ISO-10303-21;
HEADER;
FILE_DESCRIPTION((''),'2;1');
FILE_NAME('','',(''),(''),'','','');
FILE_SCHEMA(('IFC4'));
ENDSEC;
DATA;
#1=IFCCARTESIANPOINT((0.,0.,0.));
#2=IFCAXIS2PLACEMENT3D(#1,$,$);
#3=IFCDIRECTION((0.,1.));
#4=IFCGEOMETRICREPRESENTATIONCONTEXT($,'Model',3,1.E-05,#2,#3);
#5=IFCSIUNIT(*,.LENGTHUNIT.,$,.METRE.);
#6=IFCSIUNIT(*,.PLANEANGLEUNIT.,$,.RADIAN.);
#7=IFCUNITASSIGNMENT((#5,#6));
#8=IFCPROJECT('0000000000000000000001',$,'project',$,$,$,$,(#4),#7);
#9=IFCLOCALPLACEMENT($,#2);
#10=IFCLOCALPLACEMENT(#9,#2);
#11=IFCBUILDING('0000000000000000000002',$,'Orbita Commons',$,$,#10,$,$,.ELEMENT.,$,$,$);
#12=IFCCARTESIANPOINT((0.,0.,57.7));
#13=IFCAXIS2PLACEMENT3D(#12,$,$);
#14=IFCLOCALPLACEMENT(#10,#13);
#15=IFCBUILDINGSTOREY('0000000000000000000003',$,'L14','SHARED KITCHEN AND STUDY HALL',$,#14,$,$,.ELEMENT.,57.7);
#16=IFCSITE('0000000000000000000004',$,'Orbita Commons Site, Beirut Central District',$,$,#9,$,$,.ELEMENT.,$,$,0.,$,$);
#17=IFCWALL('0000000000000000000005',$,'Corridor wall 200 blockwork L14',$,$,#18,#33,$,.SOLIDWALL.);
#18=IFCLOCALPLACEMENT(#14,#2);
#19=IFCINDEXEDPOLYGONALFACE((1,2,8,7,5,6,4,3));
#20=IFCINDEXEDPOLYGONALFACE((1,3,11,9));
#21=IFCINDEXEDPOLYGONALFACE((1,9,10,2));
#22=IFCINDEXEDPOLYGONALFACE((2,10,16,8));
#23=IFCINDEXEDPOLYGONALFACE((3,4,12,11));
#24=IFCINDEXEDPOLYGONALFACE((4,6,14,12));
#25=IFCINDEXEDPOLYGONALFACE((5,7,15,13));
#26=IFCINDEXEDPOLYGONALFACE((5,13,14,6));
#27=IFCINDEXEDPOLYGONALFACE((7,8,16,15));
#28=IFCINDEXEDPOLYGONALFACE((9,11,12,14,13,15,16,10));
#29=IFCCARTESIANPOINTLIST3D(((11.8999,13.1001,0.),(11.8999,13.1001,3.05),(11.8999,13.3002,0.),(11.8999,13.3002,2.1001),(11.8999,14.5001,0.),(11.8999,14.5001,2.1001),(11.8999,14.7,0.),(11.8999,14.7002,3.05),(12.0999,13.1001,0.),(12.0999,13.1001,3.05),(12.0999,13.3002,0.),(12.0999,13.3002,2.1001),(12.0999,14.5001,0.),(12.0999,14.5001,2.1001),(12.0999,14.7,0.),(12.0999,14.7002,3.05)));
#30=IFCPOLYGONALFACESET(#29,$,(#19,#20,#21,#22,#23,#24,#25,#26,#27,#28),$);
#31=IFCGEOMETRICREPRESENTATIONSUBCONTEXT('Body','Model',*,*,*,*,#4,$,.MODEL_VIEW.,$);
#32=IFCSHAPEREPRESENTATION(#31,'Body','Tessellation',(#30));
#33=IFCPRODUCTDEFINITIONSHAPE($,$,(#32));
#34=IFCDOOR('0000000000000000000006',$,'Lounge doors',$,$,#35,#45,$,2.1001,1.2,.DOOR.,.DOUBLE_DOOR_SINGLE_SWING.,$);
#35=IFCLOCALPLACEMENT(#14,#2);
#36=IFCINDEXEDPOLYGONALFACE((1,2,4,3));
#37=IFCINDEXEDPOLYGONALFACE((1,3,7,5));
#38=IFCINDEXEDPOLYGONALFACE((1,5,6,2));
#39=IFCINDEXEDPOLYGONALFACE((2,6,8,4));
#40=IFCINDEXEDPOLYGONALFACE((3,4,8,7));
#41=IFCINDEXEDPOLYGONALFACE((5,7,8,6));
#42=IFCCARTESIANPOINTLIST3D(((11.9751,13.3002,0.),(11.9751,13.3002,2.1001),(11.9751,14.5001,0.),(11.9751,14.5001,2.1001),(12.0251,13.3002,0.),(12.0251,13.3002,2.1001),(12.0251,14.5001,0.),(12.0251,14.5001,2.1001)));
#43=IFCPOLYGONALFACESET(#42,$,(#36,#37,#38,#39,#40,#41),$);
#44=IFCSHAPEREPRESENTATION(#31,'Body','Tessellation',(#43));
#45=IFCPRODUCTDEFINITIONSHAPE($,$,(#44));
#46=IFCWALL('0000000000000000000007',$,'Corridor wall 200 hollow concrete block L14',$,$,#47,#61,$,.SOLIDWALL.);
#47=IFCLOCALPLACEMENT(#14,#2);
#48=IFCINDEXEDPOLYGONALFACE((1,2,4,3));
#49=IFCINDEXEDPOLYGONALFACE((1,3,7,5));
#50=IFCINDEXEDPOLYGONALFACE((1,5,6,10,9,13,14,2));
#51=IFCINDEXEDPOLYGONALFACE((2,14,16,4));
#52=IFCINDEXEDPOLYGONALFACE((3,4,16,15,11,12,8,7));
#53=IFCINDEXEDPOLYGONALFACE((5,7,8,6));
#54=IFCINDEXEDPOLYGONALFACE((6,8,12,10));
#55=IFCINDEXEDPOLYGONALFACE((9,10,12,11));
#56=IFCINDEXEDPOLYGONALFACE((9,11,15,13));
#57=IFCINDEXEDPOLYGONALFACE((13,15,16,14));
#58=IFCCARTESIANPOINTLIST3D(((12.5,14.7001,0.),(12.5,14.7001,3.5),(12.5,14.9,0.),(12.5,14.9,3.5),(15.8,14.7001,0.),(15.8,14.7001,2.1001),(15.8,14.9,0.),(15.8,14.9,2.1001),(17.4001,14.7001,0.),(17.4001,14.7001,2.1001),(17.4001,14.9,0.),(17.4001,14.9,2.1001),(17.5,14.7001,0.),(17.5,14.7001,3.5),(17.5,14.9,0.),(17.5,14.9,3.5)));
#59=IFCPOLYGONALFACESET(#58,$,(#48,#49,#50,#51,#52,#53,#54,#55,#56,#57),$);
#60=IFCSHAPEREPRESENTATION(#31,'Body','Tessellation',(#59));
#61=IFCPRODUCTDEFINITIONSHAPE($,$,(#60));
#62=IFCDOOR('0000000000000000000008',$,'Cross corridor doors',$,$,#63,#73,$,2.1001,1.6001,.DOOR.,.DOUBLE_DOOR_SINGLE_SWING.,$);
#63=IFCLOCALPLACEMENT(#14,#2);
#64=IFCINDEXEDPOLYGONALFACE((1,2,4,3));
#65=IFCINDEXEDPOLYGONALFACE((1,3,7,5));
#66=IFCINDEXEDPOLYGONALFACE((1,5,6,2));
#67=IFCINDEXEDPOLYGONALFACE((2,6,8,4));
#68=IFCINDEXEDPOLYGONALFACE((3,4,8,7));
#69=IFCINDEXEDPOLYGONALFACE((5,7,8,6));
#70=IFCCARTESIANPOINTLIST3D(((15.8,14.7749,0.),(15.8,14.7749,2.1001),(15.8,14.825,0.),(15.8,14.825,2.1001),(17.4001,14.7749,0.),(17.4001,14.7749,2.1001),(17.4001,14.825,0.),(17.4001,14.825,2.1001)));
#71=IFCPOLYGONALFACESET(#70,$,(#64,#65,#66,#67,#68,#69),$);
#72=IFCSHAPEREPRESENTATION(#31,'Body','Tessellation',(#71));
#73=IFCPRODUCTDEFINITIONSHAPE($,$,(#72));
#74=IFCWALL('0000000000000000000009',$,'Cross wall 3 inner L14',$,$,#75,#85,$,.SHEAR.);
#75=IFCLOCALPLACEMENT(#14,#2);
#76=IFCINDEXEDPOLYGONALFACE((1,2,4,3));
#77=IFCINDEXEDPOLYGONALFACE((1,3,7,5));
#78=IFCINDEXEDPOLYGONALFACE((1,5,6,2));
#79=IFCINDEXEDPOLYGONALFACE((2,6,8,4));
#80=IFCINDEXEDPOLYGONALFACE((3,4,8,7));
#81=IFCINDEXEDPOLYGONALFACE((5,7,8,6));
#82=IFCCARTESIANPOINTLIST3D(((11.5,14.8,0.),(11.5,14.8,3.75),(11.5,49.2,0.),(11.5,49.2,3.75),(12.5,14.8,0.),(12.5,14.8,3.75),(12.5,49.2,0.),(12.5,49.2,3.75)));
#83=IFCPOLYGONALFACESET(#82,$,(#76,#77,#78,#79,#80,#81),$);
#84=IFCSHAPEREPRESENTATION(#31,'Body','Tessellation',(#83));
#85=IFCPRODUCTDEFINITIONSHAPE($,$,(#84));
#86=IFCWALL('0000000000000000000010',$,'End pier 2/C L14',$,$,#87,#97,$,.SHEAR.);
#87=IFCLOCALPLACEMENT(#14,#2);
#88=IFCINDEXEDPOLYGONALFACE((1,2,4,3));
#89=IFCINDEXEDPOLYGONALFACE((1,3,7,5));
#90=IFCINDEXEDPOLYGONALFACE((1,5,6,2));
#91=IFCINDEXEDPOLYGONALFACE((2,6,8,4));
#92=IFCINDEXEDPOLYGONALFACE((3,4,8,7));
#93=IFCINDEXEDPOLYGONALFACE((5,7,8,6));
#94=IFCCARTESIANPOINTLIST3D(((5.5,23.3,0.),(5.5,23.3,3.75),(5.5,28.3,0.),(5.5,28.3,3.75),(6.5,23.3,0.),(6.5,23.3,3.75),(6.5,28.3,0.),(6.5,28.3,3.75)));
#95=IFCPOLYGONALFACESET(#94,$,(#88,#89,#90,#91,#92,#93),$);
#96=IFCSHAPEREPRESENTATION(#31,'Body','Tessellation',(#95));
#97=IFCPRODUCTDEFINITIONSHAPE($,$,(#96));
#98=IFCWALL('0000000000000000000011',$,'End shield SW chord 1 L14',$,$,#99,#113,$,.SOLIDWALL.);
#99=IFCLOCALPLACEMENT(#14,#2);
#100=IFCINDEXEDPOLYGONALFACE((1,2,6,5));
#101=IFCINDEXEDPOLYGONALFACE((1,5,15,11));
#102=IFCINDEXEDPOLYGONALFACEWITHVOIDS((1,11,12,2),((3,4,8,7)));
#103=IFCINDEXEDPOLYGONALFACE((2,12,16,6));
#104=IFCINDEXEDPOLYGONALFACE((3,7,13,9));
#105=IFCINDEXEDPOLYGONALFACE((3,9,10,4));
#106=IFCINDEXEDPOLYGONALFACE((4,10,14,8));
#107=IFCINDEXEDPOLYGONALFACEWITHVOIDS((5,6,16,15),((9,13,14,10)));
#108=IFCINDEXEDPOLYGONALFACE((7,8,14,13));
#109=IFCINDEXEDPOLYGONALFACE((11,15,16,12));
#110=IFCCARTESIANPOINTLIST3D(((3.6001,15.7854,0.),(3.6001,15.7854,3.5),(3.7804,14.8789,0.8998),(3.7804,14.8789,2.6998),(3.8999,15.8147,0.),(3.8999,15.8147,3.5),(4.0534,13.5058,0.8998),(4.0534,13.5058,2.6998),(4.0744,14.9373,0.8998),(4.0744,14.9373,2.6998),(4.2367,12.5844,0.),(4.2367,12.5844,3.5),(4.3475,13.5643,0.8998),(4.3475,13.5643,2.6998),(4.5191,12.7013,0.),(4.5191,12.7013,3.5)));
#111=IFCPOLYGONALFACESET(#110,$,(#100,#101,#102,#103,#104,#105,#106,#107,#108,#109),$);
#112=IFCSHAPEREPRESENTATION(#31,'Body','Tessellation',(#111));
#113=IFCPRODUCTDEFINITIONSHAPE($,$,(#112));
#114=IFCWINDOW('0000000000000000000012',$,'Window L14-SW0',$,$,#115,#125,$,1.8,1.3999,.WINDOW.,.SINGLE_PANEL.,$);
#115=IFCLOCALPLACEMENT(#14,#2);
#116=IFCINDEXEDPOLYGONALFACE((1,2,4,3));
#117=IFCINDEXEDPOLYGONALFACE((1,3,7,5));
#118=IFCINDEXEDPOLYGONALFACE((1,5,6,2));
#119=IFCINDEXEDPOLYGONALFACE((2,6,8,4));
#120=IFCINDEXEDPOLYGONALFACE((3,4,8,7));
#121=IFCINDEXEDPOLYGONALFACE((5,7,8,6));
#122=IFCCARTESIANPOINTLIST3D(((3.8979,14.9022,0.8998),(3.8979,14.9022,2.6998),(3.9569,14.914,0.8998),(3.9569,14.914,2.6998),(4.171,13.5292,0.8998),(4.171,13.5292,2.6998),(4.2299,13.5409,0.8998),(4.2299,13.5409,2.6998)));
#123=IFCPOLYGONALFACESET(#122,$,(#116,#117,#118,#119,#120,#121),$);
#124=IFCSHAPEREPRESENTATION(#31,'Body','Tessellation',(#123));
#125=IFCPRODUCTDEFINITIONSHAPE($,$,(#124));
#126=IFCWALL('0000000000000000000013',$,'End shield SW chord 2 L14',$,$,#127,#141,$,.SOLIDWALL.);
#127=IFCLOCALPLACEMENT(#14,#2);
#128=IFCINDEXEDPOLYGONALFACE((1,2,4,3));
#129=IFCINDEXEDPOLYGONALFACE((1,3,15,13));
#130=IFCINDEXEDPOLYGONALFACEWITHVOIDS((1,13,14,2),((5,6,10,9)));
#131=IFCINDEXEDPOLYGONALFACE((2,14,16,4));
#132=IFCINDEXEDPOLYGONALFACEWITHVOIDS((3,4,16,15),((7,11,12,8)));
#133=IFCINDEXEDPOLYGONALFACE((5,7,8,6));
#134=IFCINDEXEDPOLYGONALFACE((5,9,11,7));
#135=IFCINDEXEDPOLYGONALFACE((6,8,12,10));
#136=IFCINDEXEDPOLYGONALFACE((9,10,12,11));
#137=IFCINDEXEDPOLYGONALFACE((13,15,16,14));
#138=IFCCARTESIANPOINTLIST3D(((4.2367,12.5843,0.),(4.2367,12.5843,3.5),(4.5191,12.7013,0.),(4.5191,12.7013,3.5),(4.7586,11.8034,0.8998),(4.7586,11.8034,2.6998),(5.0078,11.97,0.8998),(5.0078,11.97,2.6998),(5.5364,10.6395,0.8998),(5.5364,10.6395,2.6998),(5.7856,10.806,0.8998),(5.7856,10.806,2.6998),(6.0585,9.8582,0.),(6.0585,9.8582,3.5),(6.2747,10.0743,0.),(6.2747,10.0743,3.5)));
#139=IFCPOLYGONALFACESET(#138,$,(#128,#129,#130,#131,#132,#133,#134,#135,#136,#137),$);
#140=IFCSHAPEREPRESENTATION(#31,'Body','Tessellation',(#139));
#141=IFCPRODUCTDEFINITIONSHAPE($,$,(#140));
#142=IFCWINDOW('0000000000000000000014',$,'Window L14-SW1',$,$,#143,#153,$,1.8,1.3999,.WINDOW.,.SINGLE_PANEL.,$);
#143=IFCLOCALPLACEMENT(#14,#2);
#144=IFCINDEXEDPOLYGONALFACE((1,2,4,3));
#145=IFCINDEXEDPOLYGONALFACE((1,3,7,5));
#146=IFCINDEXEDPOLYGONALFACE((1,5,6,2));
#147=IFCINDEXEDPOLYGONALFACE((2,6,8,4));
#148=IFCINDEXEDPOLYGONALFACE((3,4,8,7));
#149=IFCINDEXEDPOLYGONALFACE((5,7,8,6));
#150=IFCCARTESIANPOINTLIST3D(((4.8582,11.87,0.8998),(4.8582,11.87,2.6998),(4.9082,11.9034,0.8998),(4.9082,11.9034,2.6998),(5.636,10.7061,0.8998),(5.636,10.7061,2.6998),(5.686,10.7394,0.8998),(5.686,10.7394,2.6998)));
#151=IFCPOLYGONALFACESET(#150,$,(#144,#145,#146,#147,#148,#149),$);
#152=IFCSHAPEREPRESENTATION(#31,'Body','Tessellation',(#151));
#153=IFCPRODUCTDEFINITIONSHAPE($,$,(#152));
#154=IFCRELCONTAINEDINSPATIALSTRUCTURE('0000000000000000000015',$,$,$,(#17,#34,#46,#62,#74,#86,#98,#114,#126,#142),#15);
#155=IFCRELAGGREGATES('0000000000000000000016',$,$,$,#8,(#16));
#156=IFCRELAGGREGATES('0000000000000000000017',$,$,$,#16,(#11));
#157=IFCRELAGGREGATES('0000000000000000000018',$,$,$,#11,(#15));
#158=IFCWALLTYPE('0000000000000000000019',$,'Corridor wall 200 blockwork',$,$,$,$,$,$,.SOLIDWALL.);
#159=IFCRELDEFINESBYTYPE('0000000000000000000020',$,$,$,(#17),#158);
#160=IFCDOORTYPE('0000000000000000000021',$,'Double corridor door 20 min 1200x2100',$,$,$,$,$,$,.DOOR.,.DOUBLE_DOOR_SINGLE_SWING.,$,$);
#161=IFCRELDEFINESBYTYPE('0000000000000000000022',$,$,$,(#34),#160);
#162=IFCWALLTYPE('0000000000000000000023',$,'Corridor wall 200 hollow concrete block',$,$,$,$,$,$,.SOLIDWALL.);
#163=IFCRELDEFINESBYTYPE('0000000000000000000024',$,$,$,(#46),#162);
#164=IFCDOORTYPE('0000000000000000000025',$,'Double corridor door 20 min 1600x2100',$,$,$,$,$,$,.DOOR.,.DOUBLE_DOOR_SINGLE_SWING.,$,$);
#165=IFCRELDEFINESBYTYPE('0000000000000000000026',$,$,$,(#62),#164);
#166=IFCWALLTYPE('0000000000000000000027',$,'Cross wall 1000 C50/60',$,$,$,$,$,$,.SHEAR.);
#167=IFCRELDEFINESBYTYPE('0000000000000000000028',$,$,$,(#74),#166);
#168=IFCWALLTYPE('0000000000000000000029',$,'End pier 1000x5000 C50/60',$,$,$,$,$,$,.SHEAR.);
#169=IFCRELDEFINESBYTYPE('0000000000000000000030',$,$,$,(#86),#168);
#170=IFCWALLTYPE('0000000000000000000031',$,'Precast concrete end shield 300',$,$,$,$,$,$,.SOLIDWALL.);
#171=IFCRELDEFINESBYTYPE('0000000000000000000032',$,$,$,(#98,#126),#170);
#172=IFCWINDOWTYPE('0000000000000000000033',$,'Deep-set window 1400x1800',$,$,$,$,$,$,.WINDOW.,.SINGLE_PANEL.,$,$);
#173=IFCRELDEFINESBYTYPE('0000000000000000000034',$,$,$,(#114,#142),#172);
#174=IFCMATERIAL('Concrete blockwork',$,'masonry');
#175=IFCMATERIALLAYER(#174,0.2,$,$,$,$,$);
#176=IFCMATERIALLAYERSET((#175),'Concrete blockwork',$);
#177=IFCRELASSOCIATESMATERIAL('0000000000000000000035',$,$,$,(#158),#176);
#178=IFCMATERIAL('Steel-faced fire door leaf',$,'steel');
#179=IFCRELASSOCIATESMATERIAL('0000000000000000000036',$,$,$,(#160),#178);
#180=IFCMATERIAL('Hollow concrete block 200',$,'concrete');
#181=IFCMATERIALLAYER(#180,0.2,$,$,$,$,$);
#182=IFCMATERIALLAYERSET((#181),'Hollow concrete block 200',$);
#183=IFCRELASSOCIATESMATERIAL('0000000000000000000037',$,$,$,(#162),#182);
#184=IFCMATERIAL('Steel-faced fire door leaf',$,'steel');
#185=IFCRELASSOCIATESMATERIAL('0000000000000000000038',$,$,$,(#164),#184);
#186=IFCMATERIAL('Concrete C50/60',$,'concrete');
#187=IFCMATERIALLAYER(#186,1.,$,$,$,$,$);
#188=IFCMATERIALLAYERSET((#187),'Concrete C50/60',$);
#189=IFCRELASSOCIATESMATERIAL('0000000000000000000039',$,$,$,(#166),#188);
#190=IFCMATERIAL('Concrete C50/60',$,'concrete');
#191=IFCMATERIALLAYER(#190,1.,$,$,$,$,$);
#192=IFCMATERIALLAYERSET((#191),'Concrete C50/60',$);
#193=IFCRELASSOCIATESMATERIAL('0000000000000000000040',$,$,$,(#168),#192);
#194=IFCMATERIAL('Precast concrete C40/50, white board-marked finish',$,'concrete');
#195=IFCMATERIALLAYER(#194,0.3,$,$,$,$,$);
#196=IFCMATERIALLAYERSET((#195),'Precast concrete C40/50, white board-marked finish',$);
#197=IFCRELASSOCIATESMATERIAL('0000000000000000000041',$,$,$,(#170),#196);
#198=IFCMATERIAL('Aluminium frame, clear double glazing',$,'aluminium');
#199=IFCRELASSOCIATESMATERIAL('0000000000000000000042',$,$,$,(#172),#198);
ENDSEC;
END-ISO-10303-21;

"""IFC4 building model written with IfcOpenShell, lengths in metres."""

from ifc_helpers import new_model, si_unit, direction, frame, frame_2d, origin, place, context, subcontext, project, spatial, polyline, rectangle, outline, extrude, material, layer, layer_set, type_object, element, fill, save


model = new_model("IFC4")

# Units and contexts
model_context = context("Model", 3, precision=1e-05, world=origin(), true_north=direction((0.0, 1.0)))
body_context = subcontext(model_context, "Body", "Model", "MODEL_VIEW")
ifc_project = project(units=[si_unit("LENGTHUNIT", "METRE"), si_unit("PLANEANGLEUNIT", "RADIAN")], contexts=[model_context])

# Site, building, storey
site_placement = place(None, origin())
site = spatial("IfcSite", under=ifc_project, at=site_placement, Name="Orbita Commons Site, Beirut Central District", CompositionType="ELEMENT", RefElevation=0.0)
building_placement = place(site_placement, origin())
building = spatial("IfcBuilding", under=site, at=building_placement, Name="Orbita Commons", CompositionType="ELEMENT")
storey_placement = place(building_placement, frame((0.0, 0.0, 57.7)))
storey = spatial("IfcBuildingStorey", under=building, at=storey_placement, Name="L14", Description="SHARED KITCHEN AND STUDY HALL", CompositionType="ELEMENT", Elevation=57.7)

# Walls, openings, doors
ifc_material_1 = material(Name="Concrete blockwork", Category="masonry")
ifc_layer_1 = layer(ifc_material_1, 0.2)
ifc_layer_set_1 = layer_set([ifc_layer_1], Name="Concrete blockwork")
wall_type_1 = type_object("IfcWallType", Name="Corridor wall 200 blockwork", PredefinedType="SOLIDWALL", material=ifc_layer_set_1)
wall_1_placement = place(storey_placement, frame((12.0, 13.1001, 0.0), z_axis=(0.0, 0.0, 1.0), x_axis=(0.0, 1.0, 0.0)))
wall_1 = element("IfcWall", 1, at=wall_1_placement, inside=storey, type_object=wall_type_1, Name="Corridor wall 200 blockwork L14", PredefinedType="SOLIDWALL", context=body_context, shape_type="SweptSolid", body=[
    extrude(outline(polyline([(0.0, 0.0), (1.5999, 0.0), (1.6001, 3.05), (0.0, 3.05), (0.0, 0.0)])), frame((0.0, 0.1001, 0.0), z_axis=(0.0, -1.0, 0.0), x_axis=(1.0, 0.0, 0.0)), (0.0, 0.0, 1.0), 0.2),
])
opening_1_placement = place(wall_1_placement, frame((0.2, 0.0, 0.0)))
opening_1 = element("IfcOpeningElement", 2, at=opening_1_placement, cuts=wall_1, PredefinedType="OPENING", context=body_context, shape_type="SweptSolid", body=[
    extrude(rectangle(XDim=1.2, YDim=2.1001, at=frame_2d((0.6001, 1.05))), frame((0.0, 0.1099, 0.0), z_axis=(0.0, -1.0, 0.0), x_axis=(1.0, 0.0, 0.0)), (0.0, 0.0, 1.0), 0.22),
])
ifc_material_2 = material(Name="Steel-faced fire door leaf", Category="steel")
door_type_1 = type_object("IfcDoorType", Name="Double corridor door 20 min 1200x2100", OperationType="DOUBLE_DOOR_SINGLE_SWING", PredefinedType="DOOR", material=ifc_material_2)
door_1_placement = place(opening_1_placement, origin())
door_1 = element("IfcDoor", 3, at=door_1_placement, inside=storey, type_object=door_type_1, Name="Lounge doors", OperationType="DOUBLE_DOOR_SINGLE_SWING", OverallHeight=2.1001, OverallWidth=1.2, PredefinedType="DOOR", context=body_context, shape_type="SweptSolid", body=[
    extrude(rectangle(XDim=1.2, YDim=2.1001, at=frame_2d((0.6001, 1.05))), frame((0.0, 0.0249, 0.0), z_axis=(0.0, -1.0, 0.0), x_axis=(1.0, 0.0, 0.0)), (0.0, 0.0, 1.0), 0.05),
])
fill(opening_1, door_1)
ifc_material_3 = material(Name="Hollow concrete block 200", Category="concrete")
ifc_layer_2 = layer(ifc_material_3, 0.2)
ifc_layer_set_2 = layer_set([ifc_layer_2], Name="Hollow concrete block 200")
wall_type_2 = type_object("IfcWallType", Name="Corridor wall 200 hollow concrete block", PredefinedType="SOLIDWALL", material=ifc_layer_set_2)
wall_2_placement = place(storey_placement, frame((12.5, 14.8, 0.0), z_axis=(0.0, 0.0, 1.0), x_axis=(1.0, 0.0, 0.0)))
wall_2 = element("IfcWall", 4, at=wall_2_placement, inside=storey, type_object=wall_type_2, Name="Corridor wall 200 hollow concrete block L14", PredefinedType="SOLIDWALL", context=body_context, shape_type="SweptSolid", body=[
    extrude(rectangle(XDim=5.0, YDim=0.2, at=frame_2d((2.5, 0.0))), origin(), (0.0, 0.0, 1.0), 3.5),
])
opening_2_placement = place(wall_2_placement, frame((3.3, 0.0, 0.0)))
opening_2 = element("IfcOpeningElement", 5, at=opening_2_placement, cuts=wall_2, PredefinedType="OPENING", context=body_context, shape_type="SweptSolid", body=[
    extrude(rectangle(XDim=1.6001, YDim=2.1001, at=frame_2d((0.8, 1.05))), frame((0.0, 0.1099, 0.0), z_axis=(0.0, -1.0, 0.0), x_axis=(1.0, 0.0, 0.0)), (0.0, 0.0, 1.0), 0.22),
])
ifc_material_4 = material(Name="Steel-faced fire door leaf", Category="steel")
door_type_2 = type_object("IfcDoorType", Name="Double corridor door 20 min 1600x2100", OperationType="DOUBLE_DOOR_SINGLE_SWING", PredefinedType="DOOR", material=ifc_material_4)
door_2_placement = place(opening_2_placement, origin())
door_2 = element("IfcDoor", 6, at=door_2_placement, inside=storey, type_object=door_type_2, Name="Cross corridor doors", OperationType="DOUBLE_DOOR_SINGLE_SWING", OverallHeight=2.1001, OverallWidth=1.6001, PredefinedType="DOOR", context=body_context, shape_type="SweptSolid", body=[
    extrude(rectangle(XDim=1.6001, YDim=2.1001, at=frame_2d((0.8, 1.05))), frame((0.0, 0.0249, 0.0), z_axis=(0.0, -1.0, 0.0), x_axis=(1.0, 0.0, 0.0)), (0.0, 0.0, 1.0), 0.05),
])
fill(opening_2, door_2)

# Walls
ifc_material_5 = material(Name="Concrete C50/60", Category="concrete")
ifc_layer_3 = layer(ifc_material_5, 1.0)
ifc_layer_set_3 = layer_set([ifc_layer_3], Name="Concrete C50/60")
wall_type_3 = type_object("IfcWallType", Name="Cross wall 1000 C50/60", PredefinedType="SHEAR", material=ifc_layer_set_3)
wall_3_placement = place(storey_placement, frame((12.0, 14.8, 0.0), z_axis=(0.0, 0.0, 1.0), x_axis=(0.0, 1.0, 0.0)))
element("IfcWall", 7, at=wall_3_placement, inside=storey, type_object=wall_type_3, Name="Cross wall 3 inner L14", PredefinedType="SHEAR", context=body_context, shape_type="SweptSolid", body=[
    extrude(rectangle(XDim=34.3999, YDim=1.0, at=frame_2d((17.2, 0.0))), origin(), (0.0, 0.0, 1.0), 3.75),
])
ifc_material_6 = material(Name="Concrete C50/60", Category="concrete")
ifc_layer_4 = layer(ifc_material_6, 1.0)
ifc_layer_set_4 = layer_set([ifc_layer_4], Name="Concrete C50/60")
wall_type_4 = type_object("IfcWallType", Name="End pier 1000x5000 C50/60", PredefinedType="SHEAR", material=ifc_layer_set_4)
wall_4_placement = place(storey_placement, frame((6.0, 23.3, 0.0), z_axis=(0.0, 0.0, 1.0), x_axis=(0.0, 1.0, 0.0)))
element("IfcWall", 8, at=wall_4_placement, inside=storey, type_object=wall_type_4, Name="End pier 2/C L14", PredefinedType="SHEAR", context=body_context, shape_type="SweptSolid", body=[
    extrude(rectangle(XDim=5.0, YDim=1.0, at=frame_2d((2.5, 0.0))), origin(), (0.0, 0.0, 1.0), 3.75),
])

# Walls, openings, windows
ifc_material_7 = material(Name="Precast concrete C40/50, white board-marked finish", Category="concrete")
ifc_layer_5 = layer(ifc_material_7, 0.3)
ifc_layer_set_5 = layer_set([ifc_layer_5], Name="Precast concrete C40/50, white board-marked finish")
wall_type_5 = type_object("IfcWallType", Name="Precast concrete end shield 300", PredefinedType="SOLIDWALL", material=ifc_layer_set_5)
wall_5_placement = place(storey_placement, frame((3.75, 15.8, 0.0), z_axis=(0.0, 0.0, 1.0), x_axis=(0.195066, -0.98079, 0.0)))
wall_5 = element("IfcWall", 9, at=wall_5_placement, inside=storey, type_object=wall_type_5, Name="End shield SW chord 1 L14", PredefinedType="SOLIDWALL", context=body_context, shape_type="SweptSolid", body=[
    extrude(outline(polyline([(-0.0149, -0.1499), (3.2488, -0.1499), (3.1892, 0.1499), (0.0149, 0.1499), (-0.0149, -0.1499)])), origin(), (0.0, 0.0, 1.0), 3.5),
])
opening_3_placement = place(wall_5_placement, frame((0.9094, 0.0, 0.8999)))
opening_3 = element("IfcOpeningElement", 10, at=opening_3_placement, cuts=wall_5, PredefinedType="OPENING", context=body_context, shape_type="SweptSolid", body=[
    extrude(rectangle(XDim=1.3999, YDim=1.8, at=frame_2d((0.7, 0.8999))), frame((0.0, 0.1599, 0.0), z_axis=(0.0, -1.0, 0.0), x_axis=(1.0, 0.0, 0.0)), (0.0, 0.0, 1.0), 0.3201),
])
ifc_material_8 = material(Name="Aluminium frame, clear double glazing", Category="aluminium")
window_type = type_object("IfcWindowType", Name="Deep-set window 1400x1800", PartitioningType="SINGLE_PANEL", PredefinedType="WINDOW", material=ifc_material_8)
window_1_placement = place(opening_3_placement, origin())
window_1 = element("IfcWindow", 11, at=window_1_placement, inside=storey, type_object=window_type, Name="Window L14-SW0", OverallHeight=1.8, OverallWidth=1.3999, PartitioningType="SINGLE_PANEL", PredefinedType="WINDOW", context=body_context, shape_type="SweptSolid", body=[
    extrude(rectangle(XDim=1.3999, YDim=1.8, at=frame_2d((0.7, 0.8999))), frame((0.0, 0.03, 0.0), z_axis=(0.0, -1.0, 0.0), x_axis=(1.0, 0.0, 0.0)), (0.0, 0.0, 1.0), 0.0601),
])
fill(opening_3, window_1)
wall_6_placement = place(storey_placement, frame((4.3779, 12.6428, 0.0), z_axis=(0.0, 0.0, 1.0), x_axis=(0.55561, -0.831443, 0.0)))
wall_6 = element("IfcWall", 12, at=wall_6_placement, inside=storey, type_object=wall_type_5, Name="End shield SW chord 2 L14", PredefinedType="SOLIDWALL", context=body_context, shape_type="SweptSolid", body=[
    extrude(outline(polyline([(-0.0298, -0.1499), (3.249, -0.1499), (3.1895, 0.1499), (0.0298, 0.1499), (-0.0298, -0.1499)])), origin(), (0.0, 0.0, 1.0), 3.5),
])
opening_4_placement = place(wall_6_placement, frame((0.9094, 0.0, 0.8999)))
opening_4 = element("IfcOpeningElement", 13, at=opening_4_placement, cuts=wall_6, PredefinedType="OPENING", context=body_context, shape_type="SweptSolid", body=[
    extrude(rectangle(XDim=1.3999, YDim=1.8, at=frame_2d((0.7, 0.8999))), frame((0.0, 0.1599, 0.0), z_axis=(0.0, -1.0, 0.0), x_axis=(1.0, 0.0, 0.0)), (0.0, 0.0, 1.0), 0.3201),
])
window_2_placement = place(opening_4_placement, origin())
window_2 = element("IfcWindow", 14, at=window_2_placement, inside=storey, type_object=window_type, Name="Window L14-SW1", OverallHeight=1.8, OverallWidth=1.3999, PartitioningType="SINGLE_PANEL", PredefinedType="WINDOW", context=body_context, shape_type="SweptSolid", body=[
    extrude(rectangle(XDim=1.3999, YDim=1.8, at=frame_2d((0.7, 0.8999))), frame((0.0, 0.03, 0.0), z_axis=(0.0, -1.0, 0.0), x_axis=(1.0, 0.0, 0.0)), (0.0, 0.0, 1.0), 0.0601),
])
fill(opening_4, window_2)

save(model, "model.ifc")
